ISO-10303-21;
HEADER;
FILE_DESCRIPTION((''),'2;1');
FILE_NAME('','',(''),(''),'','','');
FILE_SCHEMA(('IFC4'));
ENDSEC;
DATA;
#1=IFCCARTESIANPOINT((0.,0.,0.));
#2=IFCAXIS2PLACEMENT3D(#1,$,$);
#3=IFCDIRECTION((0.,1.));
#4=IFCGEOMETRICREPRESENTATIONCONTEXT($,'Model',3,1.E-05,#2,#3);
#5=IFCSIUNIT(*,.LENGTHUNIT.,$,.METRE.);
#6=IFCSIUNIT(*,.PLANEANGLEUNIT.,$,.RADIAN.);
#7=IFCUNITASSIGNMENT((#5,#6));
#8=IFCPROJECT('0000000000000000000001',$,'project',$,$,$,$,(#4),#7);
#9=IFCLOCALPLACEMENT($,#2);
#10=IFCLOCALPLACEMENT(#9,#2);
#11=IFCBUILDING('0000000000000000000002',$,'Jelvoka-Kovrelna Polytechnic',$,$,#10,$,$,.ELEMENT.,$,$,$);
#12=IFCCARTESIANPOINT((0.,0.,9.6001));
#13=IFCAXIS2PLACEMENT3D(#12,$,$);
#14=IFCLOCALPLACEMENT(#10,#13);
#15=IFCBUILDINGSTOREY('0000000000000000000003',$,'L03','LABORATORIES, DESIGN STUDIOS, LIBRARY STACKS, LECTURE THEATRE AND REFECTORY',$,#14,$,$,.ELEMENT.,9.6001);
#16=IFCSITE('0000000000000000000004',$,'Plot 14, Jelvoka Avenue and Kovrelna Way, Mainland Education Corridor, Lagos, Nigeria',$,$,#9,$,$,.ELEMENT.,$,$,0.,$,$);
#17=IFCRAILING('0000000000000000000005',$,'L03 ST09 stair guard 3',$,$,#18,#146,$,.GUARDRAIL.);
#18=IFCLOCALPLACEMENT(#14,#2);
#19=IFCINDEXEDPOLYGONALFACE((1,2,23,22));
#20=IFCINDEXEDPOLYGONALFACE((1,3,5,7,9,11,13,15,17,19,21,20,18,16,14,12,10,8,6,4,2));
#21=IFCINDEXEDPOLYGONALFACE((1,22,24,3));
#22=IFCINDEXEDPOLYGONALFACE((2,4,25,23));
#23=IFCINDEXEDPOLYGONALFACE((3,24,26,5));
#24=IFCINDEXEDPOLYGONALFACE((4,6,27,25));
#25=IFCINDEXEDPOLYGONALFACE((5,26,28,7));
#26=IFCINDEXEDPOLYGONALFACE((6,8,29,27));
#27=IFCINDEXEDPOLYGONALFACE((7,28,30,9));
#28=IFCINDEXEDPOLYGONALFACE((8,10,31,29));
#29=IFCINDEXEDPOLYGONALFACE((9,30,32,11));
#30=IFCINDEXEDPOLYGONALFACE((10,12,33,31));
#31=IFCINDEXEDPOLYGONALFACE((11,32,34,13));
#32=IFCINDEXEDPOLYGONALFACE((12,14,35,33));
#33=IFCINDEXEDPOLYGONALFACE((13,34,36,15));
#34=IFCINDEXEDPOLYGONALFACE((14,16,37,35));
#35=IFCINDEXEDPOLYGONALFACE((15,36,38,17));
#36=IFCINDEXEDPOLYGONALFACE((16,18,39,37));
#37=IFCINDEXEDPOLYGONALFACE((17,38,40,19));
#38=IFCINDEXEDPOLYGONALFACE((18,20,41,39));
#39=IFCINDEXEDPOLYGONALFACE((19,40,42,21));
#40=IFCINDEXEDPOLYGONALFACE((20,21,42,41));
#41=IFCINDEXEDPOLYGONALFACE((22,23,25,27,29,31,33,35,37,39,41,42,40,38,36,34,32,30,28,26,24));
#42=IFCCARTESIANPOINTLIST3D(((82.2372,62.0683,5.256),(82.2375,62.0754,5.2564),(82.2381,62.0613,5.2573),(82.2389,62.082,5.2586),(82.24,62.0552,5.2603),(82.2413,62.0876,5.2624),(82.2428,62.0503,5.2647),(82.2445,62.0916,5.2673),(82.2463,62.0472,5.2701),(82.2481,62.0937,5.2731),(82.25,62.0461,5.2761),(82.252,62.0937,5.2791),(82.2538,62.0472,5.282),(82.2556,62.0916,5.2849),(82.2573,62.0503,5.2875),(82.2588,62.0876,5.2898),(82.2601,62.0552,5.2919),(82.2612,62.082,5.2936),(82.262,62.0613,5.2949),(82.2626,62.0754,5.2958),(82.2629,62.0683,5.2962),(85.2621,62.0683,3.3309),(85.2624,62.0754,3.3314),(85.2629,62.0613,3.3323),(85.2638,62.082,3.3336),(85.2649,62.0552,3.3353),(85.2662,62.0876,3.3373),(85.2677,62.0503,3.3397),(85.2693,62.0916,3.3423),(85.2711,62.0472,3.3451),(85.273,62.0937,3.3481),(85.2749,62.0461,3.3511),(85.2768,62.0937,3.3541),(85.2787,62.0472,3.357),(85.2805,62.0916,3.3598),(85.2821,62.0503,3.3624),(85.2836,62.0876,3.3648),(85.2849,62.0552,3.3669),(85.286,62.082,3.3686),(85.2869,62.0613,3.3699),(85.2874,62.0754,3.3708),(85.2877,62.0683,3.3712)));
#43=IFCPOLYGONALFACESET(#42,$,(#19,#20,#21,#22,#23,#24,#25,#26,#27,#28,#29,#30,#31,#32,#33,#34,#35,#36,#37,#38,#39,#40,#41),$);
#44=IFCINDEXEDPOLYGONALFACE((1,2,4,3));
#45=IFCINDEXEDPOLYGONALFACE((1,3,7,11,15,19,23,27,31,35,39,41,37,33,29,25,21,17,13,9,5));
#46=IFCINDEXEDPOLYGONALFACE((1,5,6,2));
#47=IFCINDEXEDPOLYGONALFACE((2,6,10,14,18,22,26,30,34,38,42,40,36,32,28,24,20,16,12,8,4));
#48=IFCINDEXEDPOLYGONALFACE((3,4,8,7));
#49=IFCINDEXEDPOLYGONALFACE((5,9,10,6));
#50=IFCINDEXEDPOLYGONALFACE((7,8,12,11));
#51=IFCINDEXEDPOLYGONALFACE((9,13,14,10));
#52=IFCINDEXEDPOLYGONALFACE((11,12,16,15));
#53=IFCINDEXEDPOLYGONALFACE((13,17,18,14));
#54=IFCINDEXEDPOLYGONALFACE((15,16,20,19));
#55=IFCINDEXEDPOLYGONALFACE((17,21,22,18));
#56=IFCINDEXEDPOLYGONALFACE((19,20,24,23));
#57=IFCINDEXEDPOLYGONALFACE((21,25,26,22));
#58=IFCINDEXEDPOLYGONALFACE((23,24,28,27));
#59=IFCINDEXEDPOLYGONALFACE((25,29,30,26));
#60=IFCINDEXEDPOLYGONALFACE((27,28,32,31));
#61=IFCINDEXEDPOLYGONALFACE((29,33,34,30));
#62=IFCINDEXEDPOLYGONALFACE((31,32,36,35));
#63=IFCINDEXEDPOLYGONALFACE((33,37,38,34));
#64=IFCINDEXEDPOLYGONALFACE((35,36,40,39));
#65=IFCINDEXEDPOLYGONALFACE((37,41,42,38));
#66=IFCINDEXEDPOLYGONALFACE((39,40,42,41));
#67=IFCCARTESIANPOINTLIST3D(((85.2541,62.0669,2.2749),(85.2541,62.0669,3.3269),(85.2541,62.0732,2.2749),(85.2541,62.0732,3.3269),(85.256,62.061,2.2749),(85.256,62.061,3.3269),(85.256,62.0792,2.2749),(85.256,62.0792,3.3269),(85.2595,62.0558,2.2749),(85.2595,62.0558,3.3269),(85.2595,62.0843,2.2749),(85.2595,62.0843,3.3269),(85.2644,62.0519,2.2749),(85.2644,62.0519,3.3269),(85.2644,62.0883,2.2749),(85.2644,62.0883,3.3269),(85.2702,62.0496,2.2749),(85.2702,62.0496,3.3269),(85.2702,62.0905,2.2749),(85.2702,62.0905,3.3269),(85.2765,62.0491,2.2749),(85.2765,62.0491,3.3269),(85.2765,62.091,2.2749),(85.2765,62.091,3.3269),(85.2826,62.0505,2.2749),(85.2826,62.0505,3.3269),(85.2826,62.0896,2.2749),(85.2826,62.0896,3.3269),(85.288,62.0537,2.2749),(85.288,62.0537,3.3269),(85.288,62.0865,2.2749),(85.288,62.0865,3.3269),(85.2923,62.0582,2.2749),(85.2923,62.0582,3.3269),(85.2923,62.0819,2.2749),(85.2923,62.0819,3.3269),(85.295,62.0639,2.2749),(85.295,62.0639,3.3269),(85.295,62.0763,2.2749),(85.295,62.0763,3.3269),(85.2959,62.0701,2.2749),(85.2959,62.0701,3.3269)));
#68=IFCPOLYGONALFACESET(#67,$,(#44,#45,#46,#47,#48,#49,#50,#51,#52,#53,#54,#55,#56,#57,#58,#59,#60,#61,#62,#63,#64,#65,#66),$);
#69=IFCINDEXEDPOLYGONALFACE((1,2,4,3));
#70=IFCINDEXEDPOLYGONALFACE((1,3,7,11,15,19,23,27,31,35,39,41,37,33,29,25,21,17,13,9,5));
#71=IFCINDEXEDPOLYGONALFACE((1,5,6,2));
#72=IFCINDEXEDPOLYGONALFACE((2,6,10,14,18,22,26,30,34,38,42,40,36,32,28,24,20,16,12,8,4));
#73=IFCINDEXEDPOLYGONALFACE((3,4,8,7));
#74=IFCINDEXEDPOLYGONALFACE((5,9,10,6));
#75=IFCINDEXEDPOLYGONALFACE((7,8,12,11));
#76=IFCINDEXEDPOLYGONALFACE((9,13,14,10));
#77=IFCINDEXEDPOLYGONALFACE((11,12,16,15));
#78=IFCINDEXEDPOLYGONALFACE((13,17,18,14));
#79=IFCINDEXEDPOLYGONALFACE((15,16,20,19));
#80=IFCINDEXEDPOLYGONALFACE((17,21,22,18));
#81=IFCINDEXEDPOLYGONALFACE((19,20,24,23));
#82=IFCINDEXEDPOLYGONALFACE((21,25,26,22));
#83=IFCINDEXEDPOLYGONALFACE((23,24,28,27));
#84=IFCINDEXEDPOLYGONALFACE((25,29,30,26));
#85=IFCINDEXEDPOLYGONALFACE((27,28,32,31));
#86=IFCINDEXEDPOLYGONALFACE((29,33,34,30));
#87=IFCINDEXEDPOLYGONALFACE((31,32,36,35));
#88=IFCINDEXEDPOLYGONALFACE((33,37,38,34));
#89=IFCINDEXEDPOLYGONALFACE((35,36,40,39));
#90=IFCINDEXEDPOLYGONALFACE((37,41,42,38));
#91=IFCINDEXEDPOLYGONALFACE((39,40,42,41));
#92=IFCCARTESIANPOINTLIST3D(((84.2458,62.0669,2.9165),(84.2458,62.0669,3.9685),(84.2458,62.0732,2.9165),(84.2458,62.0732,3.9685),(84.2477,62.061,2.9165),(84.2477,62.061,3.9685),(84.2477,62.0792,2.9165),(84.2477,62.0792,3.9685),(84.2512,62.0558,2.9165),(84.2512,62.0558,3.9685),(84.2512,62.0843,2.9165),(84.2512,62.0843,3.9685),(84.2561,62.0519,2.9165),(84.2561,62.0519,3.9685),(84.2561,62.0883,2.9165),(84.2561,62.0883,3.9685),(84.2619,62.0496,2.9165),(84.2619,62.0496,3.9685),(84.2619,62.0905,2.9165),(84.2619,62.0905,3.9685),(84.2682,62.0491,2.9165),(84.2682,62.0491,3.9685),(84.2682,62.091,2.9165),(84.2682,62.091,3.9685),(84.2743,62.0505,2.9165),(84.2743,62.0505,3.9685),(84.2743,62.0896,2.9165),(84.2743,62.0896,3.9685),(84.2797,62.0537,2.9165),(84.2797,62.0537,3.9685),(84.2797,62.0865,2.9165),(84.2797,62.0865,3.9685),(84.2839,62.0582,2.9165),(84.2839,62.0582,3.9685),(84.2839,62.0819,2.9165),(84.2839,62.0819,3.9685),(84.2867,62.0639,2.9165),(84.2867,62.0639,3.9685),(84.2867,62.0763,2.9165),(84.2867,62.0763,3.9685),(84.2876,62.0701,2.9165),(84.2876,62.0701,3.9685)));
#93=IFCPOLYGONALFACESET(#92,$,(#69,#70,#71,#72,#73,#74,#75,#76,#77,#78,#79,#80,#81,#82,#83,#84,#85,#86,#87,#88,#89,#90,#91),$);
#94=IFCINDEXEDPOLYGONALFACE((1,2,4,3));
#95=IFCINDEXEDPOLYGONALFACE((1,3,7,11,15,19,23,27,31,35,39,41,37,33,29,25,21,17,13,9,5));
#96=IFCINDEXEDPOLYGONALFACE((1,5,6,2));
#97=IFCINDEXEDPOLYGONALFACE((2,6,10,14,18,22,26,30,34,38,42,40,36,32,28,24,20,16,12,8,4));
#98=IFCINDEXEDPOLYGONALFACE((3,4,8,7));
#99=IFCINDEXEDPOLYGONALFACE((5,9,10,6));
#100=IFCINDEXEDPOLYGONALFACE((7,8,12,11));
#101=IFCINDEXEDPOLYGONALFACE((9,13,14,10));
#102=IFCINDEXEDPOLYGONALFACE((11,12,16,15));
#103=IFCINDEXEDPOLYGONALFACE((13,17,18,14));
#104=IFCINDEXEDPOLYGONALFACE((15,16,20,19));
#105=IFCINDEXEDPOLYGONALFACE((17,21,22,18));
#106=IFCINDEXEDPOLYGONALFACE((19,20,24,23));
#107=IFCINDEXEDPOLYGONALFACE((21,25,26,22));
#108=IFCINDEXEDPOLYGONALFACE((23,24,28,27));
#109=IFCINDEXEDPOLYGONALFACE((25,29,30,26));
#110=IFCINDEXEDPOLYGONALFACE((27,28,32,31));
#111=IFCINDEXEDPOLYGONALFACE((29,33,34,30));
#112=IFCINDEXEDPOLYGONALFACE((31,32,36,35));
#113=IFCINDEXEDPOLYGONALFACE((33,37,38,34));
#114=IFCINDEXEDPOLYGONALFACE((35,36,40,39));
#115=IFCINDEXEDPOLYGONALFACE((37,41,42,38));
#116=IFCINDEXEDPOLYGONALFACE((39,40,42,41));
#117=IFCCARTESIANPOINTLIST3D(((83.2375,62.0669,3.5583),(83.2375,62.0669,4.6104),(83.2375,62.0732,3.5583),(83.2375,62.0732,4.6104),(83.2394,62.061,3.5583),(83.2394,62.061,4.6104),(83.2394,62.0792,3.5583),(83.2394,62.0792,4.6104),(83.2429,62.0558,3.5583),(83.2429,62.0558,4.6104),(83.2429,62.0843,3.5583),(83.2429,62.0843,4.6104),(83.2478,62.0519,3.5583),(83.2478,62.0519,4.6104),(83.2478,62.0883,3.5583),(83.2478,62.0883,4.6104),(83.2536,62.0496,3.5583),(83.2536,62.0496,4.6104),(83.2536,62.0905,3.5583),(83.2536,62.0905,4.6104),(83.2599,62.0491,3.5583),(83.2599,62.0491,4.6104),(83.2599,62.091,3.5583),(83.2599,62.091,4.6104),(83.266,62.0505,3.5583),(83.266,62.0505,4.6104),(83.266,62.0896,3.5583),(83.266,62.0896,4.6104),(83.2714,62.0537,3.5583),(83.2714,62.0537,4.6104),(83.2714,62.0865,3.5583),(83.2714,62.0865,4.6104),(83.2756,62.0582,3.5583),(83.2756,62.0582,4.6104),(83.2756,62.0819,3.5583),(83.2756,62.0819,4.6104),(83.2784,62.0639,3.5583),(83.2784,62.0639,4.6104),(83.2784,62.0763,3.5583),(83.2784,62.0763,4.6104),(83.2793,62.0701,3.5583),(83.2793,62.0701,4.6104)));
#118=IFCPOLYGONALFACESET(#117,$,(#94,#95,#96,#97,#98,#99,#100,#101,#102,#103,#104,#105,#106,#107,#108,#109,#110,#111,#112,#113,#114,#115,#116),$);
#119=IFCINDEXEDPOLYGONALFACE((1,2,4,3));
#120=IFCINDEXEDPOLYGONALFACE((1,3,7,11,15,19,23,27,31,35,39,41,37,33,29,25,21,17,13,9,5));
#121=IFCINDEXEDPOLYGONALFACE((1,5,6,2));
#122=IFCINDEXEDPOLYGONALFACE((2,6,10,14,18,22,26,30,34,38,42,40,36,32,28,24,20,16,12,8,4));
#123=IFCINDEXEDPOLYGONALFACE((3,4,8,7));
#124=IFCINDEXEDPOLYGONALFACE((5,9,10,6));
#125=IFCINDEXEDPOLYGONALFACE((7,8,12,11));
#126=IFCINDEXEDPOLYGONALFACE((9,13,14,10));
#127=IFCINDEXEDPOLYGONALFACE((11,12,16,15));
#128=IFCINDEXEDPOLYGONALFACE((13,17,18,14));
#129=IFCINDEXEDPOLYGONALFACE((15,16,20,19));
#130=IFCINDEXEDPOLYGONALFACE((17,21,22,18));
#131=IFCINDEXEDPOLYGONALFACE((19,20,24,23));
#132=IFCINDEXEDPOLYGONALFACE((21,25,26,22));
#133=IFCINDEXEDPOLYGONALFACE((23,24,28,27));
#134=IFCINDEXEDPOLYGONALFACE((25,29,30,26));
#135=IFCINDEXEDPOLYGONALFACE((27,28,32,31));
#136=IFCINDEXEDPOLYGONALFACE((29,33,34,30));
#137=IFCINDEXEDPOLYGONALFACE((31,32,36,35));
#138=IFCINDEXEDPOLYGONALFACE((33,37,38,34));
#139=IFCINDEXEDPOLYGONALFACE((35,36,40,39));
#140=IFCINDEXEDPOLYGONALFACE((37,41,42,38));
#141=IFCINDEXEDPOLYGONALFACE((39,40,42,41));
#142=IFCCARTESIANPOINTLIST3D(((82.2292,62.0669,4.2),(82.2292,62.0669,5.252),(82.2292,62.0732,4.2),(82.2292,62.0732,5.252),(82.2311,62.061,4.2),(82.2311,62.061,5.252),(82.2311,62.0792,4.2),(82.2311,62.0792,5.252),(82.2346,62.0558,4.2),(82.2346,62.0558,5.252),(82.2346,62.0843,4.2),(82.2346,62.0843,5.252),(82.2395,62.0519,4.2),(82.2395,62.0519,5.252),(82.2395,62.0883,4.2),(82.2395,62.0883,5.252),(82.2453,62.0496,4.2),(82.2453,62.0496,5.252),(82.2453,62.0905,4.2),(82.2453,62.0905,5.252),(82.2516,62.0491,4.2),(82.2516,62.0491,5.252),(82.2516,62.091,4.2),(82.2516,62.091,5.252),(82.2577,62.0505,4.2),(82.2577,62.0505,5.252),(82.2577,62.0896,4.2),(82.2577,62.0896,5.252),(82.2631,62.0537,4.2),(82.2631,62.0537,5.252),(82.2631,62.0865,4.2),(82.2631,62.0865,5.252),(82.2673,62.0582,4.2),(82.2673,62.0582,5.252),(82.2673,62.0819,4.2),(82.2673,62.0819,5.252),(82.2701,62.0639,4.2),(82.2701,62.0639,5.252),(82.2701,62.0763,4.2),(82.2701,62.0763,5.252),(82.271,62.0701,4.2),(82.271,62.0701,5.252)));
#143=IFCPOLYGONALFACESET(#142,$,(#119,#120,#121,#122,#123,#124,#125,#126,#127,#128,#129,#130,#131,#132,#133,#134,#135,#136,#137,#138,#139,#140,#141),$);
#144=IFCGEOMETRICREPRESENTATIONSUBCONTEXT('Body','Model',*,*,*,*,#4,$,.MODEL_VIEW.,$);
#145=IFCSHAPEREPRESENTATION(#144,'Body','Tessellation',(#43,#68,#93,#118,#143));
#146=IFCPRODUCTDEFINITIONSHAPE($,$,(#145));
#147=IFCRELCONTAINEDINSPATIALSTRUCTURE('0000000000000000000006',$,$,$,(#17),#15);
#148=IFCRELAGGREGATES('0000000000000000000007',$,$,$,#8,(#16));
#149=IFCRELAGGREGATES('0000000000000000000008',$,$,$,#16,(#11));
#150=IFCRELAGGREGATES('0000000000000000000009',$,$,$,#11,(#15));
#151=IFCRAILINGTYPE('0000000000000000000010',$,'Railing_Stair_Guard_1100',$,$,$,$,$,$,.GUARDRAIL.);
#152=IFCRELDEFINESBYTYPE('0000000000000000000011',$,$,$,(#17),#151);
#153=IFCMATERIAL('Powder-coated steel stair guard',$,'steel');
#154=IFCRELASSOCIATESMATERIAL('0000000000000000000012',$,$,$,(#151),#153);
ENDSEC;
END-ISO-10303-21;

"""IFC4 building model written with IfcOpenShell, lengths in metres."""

from ifc_helpers import new_model, si_unit, direction, frame, origin, origin_2d, place, context, subcontext, project, spatial, circle, extrude, material, type_object, element, save


model = new_model("IFC4")

# Units and contexts
model_context = context("Model", 3, precision=1e-05, world=origin(), true_north=direction((0.0, 1.0)))
body_context = subcontext(model_context, "Body", "Model", "MODEL_VIEW")
ifc_project = project(units=[si_unit("LENGTHUNIT", "METRE"), si_unit("PLANEANGLEUNIT", "RADIAN")], contexts=[model_context])

# Site, building, storey
site_placement = place(None, origin())
site = spatial("IfcSite", under=ifc_project, at=site_placement, Name="Plot 14, Jelvoka Avenue and Kovrelna Way, Mainland Education Corridor, Lagos, Nigeria", CompositionType="ELEMENT", RefElevation=0.0)
building_placement = place(site_placement, origin())
building = spatial("IfcBuilding", under=site, at=building_placement, Name="Jelvoka-Kovrelna Polytechnic", CompositionType="ELEMENT")
storey_placement = place(building_placement, frame((0.0, 0.0, 9.6001)))
storey = spatial("IfcBuildingStorey", under=building, at=storey_placement, Name="L03", Description="LABORATORIES, DESIGN STUDIOS, LIBRARY STACKS, LECTURE THEATRE AND REFECTORY", CompositionType="ELEMENT", Elevation=9.6001)

# Railing
ifc_material_1 = material(Name="Powder-coated steel stair guard", Category="steel")
railing_type_1 = type_object("IfcRailingType", Name="Railing_Stair_Guard_1100", PredefinedType="GUARDRAIL", material=ifc_material_1)
railing_1_placement = place(storey_placement, frame((85.2749, 62.0701, 2.2749)))
element("IfcRailing", 1, at=railing_1_placement, inside=storey, type_object=railing_type_1, Name="L03 ST09 stair guard 3", PredefinedType="GUARDRAIL", context=body_context, shape_type="SweptSolid", body=[
    extrude(circle(Radius=0.0239, at=origin_2d()), frame((0.0, 0.0, 1.0762), z_axis=(-0.843647, 0.0, 0.536898), x_axis=(0.0, -1.0, 0.0)), (0.0, 0.0, 1.0), 3.5854),
    extrude(circle(Radius=0.021, at=origin_2d()), origin(), (0.0, 0.0, 1.0), 1.052),
    extrude(circle(Radius=0.021, at=origin_2d()), frame((-1.0083, 0.0, 0.6416)), (0.0, 0.0, 1.0), 1.052),
    extrude(circle(Radius=0.021, at=origin_2d()), frame((-2.0166, 0.0, 1.2834)), (0.0, 0.0, 1.0), 1.052),
    extrude(circle(Radius=0.021, at=origin_2d()), frame((-3.0249, 0.0, 1.925)), (0.0, 0.0, 1.0), 1.052),
])

save(model, "model.ifc")
